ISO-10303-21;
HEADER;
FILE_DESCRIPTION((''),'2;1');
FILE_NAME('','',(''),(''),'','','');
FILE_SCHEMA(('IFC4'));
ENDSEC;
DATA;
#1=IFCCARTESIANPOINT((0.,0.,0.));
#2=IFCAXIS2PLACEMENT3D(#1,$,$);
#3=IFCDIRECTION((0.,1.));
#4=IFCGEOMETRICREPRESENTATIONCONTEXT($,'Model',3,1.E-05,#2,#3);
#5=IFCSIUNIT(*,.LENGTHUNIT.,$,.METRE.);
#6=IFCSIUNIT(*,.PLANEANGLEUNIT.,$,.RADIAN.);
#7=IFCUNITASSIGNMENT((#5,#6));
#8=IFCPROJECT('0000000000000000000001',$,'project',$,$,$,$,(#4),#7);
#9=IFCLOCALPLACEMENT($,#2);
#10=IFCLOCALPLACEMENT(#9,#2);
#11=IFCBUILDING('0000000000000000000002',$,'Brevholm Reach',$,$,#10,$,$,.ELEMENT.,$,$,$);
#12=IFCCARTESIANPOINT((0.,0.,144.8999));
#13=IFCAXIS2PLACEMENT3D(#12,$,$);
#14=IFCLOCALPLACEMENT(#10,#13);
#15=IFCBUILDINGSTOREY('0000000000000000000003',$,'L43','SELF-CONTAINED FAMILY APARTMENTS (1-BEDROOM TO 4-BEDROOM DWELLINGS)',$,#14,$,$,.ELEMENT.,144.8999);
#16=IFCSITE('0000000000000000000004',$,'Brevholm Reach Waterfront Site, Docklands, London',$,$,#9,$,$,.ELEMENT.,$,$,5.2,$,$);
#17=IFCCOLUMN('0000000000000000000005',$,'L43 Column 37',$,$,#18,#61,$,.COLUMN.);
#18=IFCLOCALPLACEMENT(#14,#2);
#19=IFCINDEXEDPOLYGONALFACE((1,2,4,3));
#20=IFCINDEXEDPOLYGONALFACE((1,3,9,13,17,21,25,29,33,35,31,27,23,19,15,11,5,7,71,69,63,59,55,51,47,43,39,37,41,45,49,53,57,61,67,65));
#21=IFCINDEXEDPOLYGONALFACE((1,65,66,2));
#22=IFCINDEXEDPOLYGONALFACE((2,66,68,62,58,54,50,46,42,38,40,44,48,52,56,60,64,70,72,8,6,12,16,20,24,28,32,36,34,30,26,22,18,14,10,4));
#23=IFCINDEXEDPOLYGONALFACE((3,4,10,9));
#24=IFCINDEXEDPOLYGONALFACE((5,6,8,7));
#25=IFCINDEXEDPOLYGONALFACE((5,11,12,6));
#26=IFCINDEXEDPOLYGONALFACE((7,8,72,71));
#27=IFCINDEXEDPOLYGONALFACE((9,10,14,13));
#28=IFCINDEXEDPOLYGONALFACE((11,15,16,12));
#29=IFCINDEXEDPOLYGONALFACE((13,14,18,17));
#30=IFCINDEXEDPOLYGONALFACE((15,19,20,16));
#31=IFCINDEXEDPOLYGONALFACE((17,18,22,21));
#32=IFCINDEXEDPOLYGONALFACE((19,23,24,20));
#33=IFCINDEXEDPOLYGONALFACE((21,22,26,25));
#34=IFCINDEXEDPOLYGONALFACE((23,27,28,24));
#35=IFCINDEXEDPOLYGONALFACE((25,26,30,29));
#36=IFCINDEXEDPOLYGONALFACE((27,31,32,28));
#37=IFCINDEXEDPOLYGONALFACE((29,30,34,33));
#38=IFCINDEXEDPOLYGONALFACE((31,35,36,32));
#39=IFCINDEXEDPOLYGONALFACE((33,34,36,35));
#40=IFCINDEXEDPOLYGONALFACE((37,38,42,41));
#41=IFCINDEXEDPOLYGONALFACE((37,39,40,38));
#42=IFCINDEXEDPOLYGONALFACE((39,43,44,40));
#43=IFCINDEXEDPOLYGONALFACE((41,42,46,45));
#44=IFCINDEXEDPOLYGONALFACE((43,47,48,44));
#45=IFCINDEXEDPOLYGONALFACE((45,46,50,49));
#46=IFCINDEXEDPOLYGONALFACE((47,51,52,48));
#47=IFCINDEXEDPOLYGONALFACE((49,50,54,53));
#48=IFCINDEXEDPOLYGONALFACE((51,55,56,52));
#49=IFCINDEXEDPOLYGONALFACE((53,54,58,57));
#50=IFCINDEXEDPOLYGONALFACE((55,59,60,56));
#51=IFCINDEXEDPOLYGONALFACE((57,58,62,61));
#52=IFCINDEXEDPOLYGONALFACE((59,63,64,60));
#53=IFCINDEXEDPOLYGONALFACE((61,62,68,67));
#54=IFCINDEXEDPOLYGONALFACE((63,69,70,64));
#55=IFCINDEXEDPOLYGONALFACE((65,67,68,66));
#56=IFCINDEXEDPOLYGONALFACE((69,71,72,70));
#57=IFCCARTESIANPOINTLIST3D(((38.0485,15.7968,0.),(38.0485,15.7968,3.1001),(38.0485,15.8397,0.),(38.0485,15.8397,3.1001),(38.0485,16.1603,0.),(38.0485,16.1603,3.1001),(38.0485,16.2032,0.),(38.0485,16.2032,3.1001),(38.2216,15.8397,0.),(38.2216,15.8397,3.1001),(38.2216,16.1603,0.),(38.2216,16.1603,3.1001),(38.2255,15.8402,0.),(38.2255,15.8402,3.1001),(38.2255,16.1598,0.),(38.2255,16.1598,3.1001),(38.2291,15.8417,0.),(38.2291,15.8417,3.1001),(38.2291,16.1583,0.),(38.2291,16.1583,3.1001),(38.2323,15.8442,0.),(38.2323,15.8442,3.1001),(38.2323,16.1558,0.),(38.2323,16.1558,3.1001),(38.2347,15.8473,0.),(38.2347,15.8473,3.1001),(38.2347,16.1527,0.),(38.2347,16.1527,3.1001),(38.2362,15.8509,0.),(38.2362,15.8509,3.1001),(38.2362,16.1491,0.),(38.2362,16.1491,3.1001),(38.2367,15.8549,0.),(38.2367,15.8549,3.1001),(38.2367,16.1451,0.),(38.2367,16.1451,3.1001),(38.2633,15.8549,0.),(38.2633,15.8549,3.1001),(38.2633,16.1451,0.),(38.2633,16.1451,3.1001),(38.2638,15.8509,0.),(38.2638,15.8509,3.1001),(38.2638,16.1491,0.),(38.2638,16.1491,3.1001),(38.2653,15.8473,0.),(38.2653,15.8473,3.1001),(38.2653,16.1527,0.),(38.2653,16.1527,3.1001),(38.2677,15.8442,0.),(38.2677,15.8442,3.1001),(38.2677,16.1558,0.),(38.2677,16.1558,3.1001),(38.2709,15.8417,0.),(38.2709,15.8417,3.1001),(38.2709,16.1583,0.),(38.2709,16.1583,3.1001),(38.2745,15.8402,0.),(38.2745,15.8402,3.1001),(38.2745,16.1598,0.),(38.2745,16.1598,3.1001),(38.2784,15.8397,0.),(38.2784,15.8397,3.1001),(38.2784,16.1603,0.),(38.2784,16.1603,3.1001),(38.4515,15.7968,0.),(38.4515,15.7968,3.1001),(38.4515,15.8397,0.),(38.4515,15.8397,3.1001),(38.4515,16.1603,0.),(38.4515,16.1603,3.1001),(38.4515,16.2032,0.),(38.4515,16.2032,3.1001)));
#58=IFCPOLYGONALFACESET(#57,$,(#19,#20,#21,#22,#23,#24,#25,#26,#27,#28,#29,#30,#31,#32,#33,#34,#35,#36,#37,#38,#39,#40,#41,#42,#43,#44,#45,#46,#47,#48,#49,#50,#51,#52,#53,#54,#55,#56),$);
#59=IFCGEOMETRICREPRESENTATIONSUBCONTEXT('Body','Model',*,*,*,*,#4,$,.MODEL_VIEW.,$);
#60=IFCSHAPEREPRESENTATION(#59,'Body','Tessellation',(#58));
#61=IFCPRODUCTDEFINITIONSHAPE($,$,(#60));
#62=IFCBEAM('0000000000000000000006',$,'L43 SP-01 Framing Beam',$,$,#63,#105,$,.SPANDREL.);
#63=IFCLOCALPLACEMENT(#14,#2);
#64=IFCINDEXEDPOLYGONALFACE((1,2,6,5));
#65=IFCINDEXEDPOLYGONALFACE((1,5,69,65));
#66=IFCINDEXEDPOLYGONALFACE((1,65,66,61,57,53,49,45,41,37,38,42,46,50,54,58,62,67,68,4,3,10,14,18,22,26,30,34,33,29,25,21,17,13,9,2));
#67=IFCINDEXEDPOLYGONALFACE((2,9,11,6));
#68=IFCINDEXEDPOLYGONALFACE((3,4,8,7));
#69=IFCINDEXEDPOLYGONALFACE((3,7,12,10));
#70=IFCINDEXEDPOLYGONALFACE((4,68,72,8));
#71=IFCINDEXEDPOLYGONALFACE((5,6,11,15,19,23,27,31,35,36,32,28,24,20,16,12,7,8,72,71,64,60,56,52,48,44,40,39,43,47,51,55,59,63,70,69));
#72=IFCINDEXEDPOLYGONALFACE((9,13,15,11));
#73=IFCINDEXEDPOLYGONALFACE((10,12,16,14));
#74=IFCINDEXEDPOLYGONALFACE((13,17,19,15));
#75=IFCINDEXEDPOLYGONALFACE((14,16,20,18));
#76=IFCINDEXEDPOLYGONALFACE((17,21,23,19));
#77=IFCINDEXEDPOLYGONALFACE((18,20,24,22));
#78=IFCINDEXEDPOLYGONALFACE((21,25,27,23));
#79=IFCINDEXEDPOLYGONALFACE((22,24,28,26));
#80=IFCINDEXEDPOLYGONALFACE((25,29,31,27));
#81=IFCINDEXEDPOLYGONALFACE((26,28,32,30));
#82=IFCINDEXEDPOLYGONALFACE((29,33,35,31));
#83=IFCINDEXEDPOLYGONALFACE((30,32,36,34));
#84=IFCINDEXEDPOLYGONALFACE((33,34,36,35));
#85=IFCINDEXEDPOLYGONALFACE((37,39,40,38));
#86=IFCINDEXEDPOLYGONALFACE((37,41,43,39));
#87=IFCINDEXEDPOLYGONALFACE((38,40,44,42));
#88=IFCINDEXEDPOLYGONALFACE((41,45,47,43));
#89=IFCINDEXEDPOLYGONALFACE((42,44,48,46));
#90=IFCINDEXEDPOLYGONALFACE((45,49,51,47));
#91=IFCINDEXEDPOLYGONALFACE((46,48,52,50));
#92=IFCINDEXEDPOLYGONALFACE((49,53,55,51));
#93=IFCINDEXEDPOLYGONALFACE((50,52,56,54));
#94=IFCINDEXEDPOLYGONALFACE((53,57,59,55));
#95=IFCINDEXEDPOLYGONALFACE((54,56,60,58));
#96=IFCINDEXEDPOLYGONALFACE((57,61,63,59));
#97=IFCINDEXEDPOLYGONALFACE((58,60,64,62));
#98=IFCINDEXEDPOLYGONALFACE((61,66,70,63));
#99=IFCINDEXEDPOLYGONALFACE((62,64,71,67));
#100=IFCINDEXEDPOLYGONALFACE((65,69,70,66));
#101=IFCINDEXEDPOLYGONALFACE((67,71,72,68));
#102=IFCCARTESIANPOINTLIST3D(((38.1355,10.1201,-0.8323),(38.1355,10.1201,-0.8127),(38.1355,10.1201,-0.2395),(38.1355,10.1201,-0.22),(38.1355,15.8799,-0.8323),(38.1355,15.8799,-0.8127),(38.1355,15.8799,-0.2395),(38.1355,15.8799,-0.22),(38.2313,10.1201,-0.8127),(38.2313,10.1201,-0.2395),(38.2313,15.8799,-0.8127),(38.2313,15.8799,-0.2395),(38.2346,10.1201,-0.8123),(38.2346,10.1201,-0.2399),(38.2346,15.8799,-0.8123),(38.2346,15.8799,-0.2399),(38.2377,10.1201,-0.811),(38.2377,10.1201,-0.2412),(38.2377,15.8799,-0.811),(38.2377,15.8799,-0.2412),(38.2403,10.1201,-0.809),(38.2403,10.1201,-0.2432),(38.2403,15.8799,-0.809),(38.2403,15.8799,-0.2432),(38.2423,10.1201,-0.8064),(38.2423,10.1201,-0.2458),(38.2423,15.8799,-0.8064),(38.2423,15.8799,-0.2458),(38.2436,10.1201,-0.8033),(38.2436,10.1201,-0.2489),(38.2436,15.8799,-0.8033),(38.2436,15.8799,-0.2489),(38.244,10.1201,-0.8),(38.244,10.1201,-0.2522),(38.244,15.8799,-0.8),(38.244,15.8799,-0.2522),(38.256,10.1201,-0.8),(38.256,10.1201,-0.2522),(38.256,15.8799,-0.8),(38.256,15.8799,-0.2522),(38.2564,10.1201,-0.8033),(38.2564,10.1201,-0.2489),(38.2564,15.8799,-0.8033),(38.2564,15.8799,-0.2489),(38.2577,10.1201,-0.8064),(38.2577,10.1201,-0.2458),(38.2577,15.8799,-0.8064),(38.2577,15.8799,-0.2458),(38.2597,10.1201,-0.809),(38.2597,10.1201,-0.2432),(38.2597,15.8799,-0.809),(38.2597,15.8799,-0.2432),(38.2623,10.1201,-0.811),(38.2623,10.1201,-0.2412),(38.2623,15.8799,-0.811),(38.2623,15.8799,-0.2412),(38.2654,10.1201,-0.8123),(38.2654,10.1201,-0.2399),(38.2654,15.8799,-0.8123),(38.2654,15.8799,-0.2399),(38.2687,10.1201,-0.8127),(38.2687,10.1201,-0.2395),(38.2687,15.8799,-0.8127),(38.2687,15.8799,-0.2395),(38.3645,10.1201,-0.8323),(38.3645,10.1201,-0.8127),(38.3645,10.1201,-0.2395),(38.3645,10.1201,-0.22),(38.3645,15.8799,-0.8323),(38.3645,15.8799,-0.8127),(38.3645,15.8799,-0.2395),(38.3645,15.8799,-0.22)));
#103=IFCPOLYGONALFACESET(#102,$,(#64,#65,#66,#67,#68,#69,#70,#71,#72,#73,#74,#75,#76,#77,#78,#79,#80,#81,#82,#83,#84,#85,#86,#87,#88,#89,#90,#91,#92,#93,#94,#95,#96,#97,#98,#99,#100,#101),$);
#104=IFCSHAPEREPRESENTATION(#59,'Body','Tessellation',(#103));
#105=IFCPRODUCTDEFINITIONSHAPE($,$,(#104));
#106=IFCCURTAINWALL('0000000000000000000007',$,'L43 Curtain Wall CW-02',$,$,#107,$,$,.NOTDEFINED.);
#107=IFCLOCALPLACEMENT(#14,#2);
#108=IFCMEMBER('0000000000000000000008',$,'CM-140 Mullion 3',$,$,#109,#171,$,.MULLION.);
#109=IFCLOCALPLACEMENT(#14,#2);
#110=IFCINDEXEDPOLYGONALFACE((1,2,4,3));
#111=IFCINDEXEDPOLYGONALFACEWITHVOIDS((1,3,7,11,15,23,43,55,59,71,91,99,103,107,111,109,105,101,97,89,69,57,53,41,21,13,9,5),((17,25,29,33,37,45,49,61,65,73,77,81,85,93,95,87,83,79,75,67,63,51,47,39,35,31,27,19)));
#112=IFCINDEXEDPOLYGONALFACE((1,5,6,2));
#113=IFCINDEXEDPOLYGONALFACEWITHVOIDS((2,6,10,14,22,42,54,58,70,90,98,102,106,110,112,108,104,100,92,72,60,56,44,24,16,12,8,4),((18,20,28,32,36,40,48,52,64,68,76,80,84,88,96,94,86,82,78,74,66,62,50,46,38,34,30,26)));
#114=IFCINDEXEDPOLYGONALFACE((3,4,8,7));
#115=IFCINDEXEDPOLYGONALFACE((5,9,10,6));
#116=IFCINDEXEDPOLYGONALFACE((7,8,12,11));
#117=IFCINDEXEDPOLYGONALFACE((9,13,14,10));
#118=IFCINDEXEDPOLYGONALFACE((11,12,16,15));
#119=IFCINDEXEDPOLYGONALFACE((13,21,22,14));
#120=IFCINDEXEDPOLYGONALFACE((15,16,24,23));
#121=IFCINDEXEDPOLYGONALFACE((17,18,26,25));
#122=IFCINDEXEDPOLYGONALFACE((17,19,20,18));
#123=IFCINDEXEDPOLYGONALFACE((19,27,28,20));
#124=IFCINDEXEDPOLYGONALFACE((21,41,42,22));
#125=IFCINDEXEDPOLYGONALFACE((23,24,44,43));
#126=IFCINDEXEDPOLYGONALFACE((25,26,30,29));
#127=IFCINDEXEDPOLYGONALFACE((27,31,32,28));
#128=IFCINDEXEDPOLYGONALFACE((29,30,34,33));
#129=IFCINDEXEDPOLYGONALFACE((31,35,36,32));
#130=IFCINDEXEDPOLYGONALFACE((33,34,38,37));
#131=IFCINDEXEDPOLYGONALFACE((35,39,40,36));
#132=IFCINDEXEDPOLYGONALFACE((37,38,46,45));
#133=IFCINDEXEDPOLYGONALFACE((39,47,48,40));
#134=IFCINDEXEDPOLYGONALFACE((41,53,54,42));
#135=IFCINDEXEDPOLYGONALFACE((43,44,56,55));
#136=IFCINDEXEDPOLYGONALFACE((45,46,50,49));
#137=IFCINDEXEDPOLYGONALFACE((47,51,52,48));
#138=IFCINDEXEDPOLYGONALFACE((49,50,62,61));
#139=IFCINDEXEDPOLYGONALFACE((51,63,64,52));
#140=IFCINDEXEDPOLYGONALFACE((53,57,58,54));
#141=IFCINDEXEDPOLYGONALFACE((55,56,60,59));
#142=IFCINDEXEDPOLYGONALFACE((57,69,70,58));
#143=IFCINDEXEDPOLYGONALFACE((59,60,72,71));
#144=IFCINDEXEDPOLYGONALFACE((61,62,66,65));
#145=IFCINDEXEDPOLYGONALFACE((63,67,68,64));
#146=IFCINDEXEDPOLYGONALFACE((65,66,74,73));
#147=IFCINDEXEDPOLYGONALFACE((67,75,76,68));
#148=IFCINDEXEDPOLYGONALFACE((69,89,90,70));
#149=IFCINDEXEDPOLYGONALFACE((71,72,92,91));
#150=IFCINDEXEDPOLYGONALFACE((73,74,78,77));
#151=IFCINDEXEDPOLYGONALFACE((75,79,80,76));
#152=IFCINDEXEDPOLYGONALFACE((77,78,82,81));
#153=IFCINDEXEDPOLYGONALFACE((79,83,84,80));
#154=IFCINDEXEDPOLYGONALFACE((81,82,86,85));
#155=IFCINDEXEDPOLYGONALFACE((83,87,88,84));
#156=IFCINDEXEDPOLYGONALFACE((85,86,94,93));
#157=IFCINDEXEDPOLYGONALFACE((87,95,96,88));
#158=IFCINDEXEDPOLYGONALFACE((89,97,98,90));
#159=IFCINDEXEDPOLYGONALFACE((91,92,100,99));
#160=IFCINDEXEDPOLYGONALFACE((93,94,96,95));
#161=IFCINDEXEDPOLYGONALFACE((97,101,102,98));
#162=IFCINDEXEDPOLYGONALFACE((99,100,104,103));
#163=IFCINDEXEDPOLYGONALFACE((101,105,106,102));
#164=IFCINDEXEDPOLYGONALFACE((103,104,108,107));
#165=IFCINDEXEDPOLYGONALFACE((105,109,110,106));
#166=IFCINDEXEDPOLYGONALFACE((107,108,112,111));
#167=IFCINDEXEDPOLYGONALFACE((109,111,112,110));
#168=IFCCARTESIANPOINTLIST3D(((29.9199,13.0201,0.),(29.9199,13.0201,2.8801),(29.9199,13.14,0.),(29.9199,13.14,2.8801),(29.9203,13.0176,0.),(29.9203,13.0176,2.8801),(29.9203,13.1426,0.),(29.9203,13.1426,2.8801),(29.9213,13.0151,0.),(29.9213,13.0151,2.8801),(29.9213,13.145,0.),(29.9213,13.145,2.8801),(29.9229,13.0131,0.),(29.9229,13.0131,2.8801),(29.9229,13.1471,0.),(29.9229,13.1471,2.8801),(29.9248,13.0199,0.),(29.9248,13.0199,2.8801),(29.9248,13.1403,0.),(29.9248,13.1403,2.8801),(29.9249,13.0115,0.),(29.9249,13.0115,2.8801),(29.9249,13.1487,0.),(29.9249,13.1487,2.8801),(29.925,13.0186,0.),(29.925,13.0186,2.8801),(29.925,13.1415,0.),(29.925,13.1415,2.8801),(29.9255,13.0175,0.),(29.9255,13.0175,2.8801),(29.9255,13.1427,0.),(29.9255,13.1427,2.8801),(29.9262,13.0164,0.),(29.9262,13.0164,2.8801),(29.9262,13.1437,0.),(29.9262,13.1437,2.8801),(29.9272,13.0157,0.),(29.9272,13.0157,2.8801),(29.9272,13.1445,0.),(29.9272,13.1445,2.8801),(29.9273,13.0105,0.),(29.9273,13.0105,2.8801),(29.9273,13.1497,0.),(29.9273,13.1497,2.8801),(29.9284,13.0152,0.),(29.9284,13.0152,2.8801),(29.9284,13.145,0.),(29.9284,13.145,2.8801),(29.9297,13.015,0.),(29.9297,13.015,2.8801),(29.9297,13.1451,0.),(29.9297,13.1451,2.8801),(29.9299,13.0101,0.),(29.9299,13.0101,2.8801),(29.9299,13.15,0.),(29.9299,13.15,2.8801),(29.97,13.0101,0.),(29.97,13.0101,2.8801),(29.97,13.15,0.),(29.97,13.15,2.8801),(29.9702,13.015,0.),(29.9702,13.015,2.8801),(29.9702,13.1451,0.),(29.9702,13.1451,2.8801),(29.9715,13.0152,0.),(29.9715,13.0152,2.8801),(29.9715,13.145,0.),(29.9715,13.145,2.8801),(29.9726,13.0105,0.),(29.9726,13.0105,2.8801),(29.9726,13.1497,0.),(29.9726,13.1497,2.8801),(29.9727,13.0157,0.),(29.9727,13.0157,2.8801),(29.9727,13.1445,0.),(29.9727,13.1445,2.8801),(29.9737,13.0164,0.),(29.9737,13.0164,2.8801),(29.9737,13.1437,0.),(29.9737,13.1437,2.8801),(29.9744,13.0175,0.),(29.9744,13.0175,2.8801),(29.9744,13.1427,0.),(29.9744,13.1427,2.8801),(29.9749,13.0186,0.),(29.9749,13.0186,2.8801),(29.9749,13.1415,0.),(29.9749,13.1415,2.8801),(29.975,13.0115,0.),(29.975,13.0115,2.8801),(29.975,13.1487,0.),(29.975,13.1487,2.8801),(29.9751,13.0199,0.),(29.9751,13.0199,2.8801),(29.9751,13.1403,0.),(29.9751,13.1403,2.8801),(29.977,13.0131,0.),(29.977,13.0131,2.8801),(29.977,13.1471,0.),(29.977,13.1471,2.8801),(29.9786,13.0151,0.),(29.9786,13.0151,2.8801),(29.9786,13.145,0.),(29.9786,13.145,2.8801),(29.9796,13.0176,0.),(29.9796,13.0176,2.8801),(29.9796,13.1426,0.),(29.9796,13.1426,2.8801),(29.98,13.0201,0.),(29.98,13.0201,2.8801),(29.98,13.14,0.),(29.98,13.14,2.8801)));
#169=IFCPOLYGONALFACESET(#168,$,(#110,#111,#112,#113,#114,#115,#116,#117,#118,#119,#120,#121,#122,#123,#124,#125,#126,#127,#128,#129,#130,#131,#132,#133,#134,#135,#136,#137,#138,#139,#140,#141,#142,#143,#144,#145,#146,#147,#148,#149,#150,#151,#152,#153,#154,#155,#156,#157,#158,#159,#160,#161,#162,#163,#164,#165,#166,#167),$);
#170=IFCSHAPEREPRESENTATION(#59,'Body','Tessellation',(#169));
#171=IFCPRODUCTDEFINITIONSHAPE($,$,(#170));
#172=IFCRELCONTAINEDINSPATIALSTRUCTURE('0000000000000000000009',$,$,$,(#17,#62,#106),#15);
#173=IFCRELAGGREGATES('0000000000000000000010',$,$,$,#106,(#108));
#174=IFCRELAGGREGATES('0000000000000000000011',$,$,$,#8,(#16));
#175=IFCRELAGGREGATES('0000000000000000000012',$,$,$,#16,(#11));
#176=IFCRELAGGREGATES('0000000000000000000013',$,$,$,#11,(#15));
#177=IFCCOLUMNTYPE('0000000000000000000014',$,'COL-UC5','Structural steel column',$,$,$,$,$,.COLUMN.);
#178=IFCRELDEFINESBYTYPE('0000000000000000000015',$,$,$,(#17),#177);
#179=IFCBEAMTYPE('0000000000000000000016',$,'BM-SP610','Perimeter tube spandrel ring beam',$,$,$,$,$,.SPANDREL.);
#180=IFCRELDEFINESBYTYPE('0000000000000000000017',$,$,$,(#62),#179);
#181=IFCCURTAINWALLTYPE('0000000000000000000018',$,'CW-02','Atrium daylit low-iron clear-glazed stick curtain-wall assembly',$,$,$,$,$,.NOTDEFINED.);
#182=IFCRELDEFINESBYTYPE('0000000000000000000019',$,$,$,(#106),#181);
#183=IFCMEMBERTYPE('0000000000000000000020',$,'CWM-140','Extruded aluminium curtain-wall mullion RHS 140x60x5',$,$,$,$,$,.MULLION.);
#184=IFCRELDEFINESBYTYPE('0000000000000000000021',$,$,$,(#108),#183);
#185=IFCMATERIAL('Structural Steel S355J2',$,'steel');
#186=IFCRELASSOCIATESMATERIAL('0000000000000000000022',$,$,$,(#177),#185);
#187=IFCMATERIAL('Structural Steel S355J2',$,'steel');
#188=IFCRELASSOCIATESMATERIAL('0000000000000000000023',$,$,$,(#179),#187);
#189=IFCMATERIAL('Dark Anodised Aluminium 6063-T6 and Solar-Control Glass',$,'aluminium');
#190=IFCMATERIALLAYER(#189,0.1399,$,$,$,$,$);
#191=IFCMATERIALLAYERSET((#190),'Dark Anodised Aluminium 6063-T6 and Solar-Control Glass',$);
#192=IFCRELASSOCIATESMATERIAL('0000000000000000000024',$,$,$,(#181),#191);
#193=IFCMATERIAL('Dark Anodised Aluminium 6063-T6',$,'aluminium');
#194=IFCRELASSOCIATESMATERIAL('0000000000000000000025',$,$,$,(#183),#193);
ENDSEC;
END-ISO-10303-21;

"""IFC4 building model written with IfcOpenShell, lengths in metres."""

from ifc_helpers import new_model, si_unit, direction, frame, origin, origin_2d, place, context, subcontext, project, spatial, hollow_rectangle, i_section, extrude, material, layer, layer_set, material_profile, profile_set, type_object, element, aggregate, save


model = new_model("IFC4")

# Units and contexts
model_context = context("Model", 3, precision=1e-05, world=origin(), true_north=direction((0.0, 1.0)))
body_context = subcontext(model_context, "Body", "Model", "MODEL_VIEW")
ifc_project = project(units=[si_unit("LENGTHUNIT", "METRE"), si_unit("PLANEANGLEUNIT", "RADIAN")], contexts=[model_context])

# Site, building, storey
site_placement = place(None, origin())
site = spatial("IfcSite", under=ifc_project, at=site_placement, Name="Brevholm Reach Waterfront Site, Docklands, London", CompositionType="ELEMENT", RefElevation=5.2)
building_placement = place(site_placement, origin())
building = spatial("IfcBuilding", under=site, at=building_placement, Name="Brevholm Reach", CompositionType="ELEMENT")
storey_placement = place(building_placement, frame((0.0, 0.0, 144.8999)))
storey = spatial("IfcBuildingStorey", under=building, at=storey_placement, Name="L43", Description="SELF-CONTAINED FAMILY APARTMENTS (1-BEDROOM TO 4-BEDROOM DWELLINGS)", CompositionType="ELEMENT", Elevation=144.8999)

# Column
ifc_material_1 = material(Name="Structural Steel S355J2", Category="steel")
ifc_material_profile_1 = material_profile(ifc_material_1, i_section(OverallWidth=0.4031, OverallDepth=0.4065, WebThickness=0.0266, FlangeThickness=0.043, FilletRadius=0.0151, at=origin_2d()), Name="UKC 356x406x340")
ifc_profile_set_1 = profile_set([ifc_material_profile_1], Name="Structural Steel S355J2")
column_type = type_object("IfcColumnType", Name="COL-UC5", Description="Structural steel column", PredefinedType="COLUMN", material=ifc_profile_set_1)
column_placement = place(storey_placement, frame((38.25, 16.0, 0.0), z_axis=(0.0, 0.0, 1.0), x_axis=(1.0, 0.0, 0.0)))
element("IfcColumn", 1, at=column_placement, inside=storey, type_object=column_type, Name="L43 Column 37", PredefinedType="COLUMN", context=body_context, shape_type="SweptSolid", body=[
    extrude(i_section(OverallWidth=0.4031, OverallDepth=0.4065, WebThickness=0.0266, FlangeThickness=0.043, FilletRadius=0.0151, at=origin_2d()), origin(), (0.0, 0.0, 1.0), 3.1001),
])

# Beam
ifc_material_2 = material(Name="Structural Steel S355J2", Category="steel")
ifc_material_profile_2 = material_profile(ifc_material_2, i_section(OverallWidth=0.229, OverallDepth=0.6123, WebThickness=0.012, FlangeThickness=0.0195, FilletRadius=0.0127, at=origin_2d()), Name="UKB 610x229x125")
ifc_profile_set_2 = profile_set([ifc_material_profile_2], Name="Structural Steel S355J2")
beam_type = type_object("IfcBeamType", Name="BM-SP610", Description="Perimeter tube spandrel ring beam", PredefinedType="SPANDREL", material=ifc_profile_set_2)
beam_placement = place(storey_placement, frame((38.25, 10.1201, -0.5261), z_axis=(0.0, 1.0, 0.0), x_axis=(-1.0, 0.0, 0.0)))
element("IfcBeam", 2, at=beam_placement, inside=storey, type_object=beam_type, Name="L43 SP-01 Framing Beam", PredefinedType="SPANDREL", context=body_context, shape_type="SweptSolid", body=[
    extrude(i_section(OverallWidth=0.229, OverallDepth=0.6123, WebThickness=0.012, FlangeThickness=0.0195, FilletRadius=0.0127, at=origin_2d()), origin(), (0.0, 0.0, 1.0), 5.7598),
])

# Curtain wall, member
ifc_material_3 = material(Name="Dark Anodised Aluminium 6063-T6 and Solar-Control Glass", Category="aluminium")
ifc_layer_1 = layer(ifc_material_3, 0.1399)
ifc_layer_set_1 = layer_set([ifc_layer_1], Name="Dark Anodised Aluminium 6063-T6 and Solar-Control Glass")
curtain_wall_type = type_object("IfcCurtainWallType", Name="CW-02", Description="Atrium daylit low-iron clear-glazed stick curtain-wall assembly", PredefinedType="NOTDEFINED", material=ifc_layer_set_1)
curtain_wall_placement = place(storey_placement, origin())
curtain_wall = element("IfcCurtainWall", 3, at=curtain_wall_placement, inside=storey, type_object=curtain_wall_type, Name="L43 Curtain Wall CW-02", PredefinedType="NOTDEFINED")
ifc_material_4 = material(Name="Dark Anodised Aluminium 6063-T6", Category="aluminium")
ifc_material_profile_3 = material_profile(ifc_material_4, hollow_rectangle(XDim=0.0601, YDim=0.1399, WallThickness=0.0049, InnerFilletRadius=0.0049, OuterFilletRadius=0.01, at=origin_2d()), Name="RHS 140x60x5")
ifc_profile_set_3 = profile_set([ifc_material_profile_3], Name="Dark Anodised Aluminium 6063-T6")
member_type_1 = type_object("IfcMemberType", Name="CWM-140", Description="Extruded aluminium curtain-wall mullion RHS 140x60x5", PredefinedType="MULLION", material=ifc_profile_set_3)
member_1_placement = place(storey_placement, frame((29.95, 13.0801, 0.0), z_axis=(0.0, 0.0, 1.0), x_axis=(1.0, 0.0, 0.0)))
member_1 = element("IfcMember", 4, at=member_1_placement, type_object=member_type_1, Name="CM-140 Mullion 3", PredefinedType="MULLION", context=body_context, shape_type="SweptSolid", body=[
    extrude(hollow_rectangle(XDim=0.0601, YDim=0.1399, WallThickness=0.0049, InnerFilletRadius=0.0049, OuterFilletRadius=0.01, at=origin_2d()), origin(), (0.0, 0.0, 1.0), 2.8801),
])
aggregate(curtain_wall, [member_1])

save(model, "model.ifc")
